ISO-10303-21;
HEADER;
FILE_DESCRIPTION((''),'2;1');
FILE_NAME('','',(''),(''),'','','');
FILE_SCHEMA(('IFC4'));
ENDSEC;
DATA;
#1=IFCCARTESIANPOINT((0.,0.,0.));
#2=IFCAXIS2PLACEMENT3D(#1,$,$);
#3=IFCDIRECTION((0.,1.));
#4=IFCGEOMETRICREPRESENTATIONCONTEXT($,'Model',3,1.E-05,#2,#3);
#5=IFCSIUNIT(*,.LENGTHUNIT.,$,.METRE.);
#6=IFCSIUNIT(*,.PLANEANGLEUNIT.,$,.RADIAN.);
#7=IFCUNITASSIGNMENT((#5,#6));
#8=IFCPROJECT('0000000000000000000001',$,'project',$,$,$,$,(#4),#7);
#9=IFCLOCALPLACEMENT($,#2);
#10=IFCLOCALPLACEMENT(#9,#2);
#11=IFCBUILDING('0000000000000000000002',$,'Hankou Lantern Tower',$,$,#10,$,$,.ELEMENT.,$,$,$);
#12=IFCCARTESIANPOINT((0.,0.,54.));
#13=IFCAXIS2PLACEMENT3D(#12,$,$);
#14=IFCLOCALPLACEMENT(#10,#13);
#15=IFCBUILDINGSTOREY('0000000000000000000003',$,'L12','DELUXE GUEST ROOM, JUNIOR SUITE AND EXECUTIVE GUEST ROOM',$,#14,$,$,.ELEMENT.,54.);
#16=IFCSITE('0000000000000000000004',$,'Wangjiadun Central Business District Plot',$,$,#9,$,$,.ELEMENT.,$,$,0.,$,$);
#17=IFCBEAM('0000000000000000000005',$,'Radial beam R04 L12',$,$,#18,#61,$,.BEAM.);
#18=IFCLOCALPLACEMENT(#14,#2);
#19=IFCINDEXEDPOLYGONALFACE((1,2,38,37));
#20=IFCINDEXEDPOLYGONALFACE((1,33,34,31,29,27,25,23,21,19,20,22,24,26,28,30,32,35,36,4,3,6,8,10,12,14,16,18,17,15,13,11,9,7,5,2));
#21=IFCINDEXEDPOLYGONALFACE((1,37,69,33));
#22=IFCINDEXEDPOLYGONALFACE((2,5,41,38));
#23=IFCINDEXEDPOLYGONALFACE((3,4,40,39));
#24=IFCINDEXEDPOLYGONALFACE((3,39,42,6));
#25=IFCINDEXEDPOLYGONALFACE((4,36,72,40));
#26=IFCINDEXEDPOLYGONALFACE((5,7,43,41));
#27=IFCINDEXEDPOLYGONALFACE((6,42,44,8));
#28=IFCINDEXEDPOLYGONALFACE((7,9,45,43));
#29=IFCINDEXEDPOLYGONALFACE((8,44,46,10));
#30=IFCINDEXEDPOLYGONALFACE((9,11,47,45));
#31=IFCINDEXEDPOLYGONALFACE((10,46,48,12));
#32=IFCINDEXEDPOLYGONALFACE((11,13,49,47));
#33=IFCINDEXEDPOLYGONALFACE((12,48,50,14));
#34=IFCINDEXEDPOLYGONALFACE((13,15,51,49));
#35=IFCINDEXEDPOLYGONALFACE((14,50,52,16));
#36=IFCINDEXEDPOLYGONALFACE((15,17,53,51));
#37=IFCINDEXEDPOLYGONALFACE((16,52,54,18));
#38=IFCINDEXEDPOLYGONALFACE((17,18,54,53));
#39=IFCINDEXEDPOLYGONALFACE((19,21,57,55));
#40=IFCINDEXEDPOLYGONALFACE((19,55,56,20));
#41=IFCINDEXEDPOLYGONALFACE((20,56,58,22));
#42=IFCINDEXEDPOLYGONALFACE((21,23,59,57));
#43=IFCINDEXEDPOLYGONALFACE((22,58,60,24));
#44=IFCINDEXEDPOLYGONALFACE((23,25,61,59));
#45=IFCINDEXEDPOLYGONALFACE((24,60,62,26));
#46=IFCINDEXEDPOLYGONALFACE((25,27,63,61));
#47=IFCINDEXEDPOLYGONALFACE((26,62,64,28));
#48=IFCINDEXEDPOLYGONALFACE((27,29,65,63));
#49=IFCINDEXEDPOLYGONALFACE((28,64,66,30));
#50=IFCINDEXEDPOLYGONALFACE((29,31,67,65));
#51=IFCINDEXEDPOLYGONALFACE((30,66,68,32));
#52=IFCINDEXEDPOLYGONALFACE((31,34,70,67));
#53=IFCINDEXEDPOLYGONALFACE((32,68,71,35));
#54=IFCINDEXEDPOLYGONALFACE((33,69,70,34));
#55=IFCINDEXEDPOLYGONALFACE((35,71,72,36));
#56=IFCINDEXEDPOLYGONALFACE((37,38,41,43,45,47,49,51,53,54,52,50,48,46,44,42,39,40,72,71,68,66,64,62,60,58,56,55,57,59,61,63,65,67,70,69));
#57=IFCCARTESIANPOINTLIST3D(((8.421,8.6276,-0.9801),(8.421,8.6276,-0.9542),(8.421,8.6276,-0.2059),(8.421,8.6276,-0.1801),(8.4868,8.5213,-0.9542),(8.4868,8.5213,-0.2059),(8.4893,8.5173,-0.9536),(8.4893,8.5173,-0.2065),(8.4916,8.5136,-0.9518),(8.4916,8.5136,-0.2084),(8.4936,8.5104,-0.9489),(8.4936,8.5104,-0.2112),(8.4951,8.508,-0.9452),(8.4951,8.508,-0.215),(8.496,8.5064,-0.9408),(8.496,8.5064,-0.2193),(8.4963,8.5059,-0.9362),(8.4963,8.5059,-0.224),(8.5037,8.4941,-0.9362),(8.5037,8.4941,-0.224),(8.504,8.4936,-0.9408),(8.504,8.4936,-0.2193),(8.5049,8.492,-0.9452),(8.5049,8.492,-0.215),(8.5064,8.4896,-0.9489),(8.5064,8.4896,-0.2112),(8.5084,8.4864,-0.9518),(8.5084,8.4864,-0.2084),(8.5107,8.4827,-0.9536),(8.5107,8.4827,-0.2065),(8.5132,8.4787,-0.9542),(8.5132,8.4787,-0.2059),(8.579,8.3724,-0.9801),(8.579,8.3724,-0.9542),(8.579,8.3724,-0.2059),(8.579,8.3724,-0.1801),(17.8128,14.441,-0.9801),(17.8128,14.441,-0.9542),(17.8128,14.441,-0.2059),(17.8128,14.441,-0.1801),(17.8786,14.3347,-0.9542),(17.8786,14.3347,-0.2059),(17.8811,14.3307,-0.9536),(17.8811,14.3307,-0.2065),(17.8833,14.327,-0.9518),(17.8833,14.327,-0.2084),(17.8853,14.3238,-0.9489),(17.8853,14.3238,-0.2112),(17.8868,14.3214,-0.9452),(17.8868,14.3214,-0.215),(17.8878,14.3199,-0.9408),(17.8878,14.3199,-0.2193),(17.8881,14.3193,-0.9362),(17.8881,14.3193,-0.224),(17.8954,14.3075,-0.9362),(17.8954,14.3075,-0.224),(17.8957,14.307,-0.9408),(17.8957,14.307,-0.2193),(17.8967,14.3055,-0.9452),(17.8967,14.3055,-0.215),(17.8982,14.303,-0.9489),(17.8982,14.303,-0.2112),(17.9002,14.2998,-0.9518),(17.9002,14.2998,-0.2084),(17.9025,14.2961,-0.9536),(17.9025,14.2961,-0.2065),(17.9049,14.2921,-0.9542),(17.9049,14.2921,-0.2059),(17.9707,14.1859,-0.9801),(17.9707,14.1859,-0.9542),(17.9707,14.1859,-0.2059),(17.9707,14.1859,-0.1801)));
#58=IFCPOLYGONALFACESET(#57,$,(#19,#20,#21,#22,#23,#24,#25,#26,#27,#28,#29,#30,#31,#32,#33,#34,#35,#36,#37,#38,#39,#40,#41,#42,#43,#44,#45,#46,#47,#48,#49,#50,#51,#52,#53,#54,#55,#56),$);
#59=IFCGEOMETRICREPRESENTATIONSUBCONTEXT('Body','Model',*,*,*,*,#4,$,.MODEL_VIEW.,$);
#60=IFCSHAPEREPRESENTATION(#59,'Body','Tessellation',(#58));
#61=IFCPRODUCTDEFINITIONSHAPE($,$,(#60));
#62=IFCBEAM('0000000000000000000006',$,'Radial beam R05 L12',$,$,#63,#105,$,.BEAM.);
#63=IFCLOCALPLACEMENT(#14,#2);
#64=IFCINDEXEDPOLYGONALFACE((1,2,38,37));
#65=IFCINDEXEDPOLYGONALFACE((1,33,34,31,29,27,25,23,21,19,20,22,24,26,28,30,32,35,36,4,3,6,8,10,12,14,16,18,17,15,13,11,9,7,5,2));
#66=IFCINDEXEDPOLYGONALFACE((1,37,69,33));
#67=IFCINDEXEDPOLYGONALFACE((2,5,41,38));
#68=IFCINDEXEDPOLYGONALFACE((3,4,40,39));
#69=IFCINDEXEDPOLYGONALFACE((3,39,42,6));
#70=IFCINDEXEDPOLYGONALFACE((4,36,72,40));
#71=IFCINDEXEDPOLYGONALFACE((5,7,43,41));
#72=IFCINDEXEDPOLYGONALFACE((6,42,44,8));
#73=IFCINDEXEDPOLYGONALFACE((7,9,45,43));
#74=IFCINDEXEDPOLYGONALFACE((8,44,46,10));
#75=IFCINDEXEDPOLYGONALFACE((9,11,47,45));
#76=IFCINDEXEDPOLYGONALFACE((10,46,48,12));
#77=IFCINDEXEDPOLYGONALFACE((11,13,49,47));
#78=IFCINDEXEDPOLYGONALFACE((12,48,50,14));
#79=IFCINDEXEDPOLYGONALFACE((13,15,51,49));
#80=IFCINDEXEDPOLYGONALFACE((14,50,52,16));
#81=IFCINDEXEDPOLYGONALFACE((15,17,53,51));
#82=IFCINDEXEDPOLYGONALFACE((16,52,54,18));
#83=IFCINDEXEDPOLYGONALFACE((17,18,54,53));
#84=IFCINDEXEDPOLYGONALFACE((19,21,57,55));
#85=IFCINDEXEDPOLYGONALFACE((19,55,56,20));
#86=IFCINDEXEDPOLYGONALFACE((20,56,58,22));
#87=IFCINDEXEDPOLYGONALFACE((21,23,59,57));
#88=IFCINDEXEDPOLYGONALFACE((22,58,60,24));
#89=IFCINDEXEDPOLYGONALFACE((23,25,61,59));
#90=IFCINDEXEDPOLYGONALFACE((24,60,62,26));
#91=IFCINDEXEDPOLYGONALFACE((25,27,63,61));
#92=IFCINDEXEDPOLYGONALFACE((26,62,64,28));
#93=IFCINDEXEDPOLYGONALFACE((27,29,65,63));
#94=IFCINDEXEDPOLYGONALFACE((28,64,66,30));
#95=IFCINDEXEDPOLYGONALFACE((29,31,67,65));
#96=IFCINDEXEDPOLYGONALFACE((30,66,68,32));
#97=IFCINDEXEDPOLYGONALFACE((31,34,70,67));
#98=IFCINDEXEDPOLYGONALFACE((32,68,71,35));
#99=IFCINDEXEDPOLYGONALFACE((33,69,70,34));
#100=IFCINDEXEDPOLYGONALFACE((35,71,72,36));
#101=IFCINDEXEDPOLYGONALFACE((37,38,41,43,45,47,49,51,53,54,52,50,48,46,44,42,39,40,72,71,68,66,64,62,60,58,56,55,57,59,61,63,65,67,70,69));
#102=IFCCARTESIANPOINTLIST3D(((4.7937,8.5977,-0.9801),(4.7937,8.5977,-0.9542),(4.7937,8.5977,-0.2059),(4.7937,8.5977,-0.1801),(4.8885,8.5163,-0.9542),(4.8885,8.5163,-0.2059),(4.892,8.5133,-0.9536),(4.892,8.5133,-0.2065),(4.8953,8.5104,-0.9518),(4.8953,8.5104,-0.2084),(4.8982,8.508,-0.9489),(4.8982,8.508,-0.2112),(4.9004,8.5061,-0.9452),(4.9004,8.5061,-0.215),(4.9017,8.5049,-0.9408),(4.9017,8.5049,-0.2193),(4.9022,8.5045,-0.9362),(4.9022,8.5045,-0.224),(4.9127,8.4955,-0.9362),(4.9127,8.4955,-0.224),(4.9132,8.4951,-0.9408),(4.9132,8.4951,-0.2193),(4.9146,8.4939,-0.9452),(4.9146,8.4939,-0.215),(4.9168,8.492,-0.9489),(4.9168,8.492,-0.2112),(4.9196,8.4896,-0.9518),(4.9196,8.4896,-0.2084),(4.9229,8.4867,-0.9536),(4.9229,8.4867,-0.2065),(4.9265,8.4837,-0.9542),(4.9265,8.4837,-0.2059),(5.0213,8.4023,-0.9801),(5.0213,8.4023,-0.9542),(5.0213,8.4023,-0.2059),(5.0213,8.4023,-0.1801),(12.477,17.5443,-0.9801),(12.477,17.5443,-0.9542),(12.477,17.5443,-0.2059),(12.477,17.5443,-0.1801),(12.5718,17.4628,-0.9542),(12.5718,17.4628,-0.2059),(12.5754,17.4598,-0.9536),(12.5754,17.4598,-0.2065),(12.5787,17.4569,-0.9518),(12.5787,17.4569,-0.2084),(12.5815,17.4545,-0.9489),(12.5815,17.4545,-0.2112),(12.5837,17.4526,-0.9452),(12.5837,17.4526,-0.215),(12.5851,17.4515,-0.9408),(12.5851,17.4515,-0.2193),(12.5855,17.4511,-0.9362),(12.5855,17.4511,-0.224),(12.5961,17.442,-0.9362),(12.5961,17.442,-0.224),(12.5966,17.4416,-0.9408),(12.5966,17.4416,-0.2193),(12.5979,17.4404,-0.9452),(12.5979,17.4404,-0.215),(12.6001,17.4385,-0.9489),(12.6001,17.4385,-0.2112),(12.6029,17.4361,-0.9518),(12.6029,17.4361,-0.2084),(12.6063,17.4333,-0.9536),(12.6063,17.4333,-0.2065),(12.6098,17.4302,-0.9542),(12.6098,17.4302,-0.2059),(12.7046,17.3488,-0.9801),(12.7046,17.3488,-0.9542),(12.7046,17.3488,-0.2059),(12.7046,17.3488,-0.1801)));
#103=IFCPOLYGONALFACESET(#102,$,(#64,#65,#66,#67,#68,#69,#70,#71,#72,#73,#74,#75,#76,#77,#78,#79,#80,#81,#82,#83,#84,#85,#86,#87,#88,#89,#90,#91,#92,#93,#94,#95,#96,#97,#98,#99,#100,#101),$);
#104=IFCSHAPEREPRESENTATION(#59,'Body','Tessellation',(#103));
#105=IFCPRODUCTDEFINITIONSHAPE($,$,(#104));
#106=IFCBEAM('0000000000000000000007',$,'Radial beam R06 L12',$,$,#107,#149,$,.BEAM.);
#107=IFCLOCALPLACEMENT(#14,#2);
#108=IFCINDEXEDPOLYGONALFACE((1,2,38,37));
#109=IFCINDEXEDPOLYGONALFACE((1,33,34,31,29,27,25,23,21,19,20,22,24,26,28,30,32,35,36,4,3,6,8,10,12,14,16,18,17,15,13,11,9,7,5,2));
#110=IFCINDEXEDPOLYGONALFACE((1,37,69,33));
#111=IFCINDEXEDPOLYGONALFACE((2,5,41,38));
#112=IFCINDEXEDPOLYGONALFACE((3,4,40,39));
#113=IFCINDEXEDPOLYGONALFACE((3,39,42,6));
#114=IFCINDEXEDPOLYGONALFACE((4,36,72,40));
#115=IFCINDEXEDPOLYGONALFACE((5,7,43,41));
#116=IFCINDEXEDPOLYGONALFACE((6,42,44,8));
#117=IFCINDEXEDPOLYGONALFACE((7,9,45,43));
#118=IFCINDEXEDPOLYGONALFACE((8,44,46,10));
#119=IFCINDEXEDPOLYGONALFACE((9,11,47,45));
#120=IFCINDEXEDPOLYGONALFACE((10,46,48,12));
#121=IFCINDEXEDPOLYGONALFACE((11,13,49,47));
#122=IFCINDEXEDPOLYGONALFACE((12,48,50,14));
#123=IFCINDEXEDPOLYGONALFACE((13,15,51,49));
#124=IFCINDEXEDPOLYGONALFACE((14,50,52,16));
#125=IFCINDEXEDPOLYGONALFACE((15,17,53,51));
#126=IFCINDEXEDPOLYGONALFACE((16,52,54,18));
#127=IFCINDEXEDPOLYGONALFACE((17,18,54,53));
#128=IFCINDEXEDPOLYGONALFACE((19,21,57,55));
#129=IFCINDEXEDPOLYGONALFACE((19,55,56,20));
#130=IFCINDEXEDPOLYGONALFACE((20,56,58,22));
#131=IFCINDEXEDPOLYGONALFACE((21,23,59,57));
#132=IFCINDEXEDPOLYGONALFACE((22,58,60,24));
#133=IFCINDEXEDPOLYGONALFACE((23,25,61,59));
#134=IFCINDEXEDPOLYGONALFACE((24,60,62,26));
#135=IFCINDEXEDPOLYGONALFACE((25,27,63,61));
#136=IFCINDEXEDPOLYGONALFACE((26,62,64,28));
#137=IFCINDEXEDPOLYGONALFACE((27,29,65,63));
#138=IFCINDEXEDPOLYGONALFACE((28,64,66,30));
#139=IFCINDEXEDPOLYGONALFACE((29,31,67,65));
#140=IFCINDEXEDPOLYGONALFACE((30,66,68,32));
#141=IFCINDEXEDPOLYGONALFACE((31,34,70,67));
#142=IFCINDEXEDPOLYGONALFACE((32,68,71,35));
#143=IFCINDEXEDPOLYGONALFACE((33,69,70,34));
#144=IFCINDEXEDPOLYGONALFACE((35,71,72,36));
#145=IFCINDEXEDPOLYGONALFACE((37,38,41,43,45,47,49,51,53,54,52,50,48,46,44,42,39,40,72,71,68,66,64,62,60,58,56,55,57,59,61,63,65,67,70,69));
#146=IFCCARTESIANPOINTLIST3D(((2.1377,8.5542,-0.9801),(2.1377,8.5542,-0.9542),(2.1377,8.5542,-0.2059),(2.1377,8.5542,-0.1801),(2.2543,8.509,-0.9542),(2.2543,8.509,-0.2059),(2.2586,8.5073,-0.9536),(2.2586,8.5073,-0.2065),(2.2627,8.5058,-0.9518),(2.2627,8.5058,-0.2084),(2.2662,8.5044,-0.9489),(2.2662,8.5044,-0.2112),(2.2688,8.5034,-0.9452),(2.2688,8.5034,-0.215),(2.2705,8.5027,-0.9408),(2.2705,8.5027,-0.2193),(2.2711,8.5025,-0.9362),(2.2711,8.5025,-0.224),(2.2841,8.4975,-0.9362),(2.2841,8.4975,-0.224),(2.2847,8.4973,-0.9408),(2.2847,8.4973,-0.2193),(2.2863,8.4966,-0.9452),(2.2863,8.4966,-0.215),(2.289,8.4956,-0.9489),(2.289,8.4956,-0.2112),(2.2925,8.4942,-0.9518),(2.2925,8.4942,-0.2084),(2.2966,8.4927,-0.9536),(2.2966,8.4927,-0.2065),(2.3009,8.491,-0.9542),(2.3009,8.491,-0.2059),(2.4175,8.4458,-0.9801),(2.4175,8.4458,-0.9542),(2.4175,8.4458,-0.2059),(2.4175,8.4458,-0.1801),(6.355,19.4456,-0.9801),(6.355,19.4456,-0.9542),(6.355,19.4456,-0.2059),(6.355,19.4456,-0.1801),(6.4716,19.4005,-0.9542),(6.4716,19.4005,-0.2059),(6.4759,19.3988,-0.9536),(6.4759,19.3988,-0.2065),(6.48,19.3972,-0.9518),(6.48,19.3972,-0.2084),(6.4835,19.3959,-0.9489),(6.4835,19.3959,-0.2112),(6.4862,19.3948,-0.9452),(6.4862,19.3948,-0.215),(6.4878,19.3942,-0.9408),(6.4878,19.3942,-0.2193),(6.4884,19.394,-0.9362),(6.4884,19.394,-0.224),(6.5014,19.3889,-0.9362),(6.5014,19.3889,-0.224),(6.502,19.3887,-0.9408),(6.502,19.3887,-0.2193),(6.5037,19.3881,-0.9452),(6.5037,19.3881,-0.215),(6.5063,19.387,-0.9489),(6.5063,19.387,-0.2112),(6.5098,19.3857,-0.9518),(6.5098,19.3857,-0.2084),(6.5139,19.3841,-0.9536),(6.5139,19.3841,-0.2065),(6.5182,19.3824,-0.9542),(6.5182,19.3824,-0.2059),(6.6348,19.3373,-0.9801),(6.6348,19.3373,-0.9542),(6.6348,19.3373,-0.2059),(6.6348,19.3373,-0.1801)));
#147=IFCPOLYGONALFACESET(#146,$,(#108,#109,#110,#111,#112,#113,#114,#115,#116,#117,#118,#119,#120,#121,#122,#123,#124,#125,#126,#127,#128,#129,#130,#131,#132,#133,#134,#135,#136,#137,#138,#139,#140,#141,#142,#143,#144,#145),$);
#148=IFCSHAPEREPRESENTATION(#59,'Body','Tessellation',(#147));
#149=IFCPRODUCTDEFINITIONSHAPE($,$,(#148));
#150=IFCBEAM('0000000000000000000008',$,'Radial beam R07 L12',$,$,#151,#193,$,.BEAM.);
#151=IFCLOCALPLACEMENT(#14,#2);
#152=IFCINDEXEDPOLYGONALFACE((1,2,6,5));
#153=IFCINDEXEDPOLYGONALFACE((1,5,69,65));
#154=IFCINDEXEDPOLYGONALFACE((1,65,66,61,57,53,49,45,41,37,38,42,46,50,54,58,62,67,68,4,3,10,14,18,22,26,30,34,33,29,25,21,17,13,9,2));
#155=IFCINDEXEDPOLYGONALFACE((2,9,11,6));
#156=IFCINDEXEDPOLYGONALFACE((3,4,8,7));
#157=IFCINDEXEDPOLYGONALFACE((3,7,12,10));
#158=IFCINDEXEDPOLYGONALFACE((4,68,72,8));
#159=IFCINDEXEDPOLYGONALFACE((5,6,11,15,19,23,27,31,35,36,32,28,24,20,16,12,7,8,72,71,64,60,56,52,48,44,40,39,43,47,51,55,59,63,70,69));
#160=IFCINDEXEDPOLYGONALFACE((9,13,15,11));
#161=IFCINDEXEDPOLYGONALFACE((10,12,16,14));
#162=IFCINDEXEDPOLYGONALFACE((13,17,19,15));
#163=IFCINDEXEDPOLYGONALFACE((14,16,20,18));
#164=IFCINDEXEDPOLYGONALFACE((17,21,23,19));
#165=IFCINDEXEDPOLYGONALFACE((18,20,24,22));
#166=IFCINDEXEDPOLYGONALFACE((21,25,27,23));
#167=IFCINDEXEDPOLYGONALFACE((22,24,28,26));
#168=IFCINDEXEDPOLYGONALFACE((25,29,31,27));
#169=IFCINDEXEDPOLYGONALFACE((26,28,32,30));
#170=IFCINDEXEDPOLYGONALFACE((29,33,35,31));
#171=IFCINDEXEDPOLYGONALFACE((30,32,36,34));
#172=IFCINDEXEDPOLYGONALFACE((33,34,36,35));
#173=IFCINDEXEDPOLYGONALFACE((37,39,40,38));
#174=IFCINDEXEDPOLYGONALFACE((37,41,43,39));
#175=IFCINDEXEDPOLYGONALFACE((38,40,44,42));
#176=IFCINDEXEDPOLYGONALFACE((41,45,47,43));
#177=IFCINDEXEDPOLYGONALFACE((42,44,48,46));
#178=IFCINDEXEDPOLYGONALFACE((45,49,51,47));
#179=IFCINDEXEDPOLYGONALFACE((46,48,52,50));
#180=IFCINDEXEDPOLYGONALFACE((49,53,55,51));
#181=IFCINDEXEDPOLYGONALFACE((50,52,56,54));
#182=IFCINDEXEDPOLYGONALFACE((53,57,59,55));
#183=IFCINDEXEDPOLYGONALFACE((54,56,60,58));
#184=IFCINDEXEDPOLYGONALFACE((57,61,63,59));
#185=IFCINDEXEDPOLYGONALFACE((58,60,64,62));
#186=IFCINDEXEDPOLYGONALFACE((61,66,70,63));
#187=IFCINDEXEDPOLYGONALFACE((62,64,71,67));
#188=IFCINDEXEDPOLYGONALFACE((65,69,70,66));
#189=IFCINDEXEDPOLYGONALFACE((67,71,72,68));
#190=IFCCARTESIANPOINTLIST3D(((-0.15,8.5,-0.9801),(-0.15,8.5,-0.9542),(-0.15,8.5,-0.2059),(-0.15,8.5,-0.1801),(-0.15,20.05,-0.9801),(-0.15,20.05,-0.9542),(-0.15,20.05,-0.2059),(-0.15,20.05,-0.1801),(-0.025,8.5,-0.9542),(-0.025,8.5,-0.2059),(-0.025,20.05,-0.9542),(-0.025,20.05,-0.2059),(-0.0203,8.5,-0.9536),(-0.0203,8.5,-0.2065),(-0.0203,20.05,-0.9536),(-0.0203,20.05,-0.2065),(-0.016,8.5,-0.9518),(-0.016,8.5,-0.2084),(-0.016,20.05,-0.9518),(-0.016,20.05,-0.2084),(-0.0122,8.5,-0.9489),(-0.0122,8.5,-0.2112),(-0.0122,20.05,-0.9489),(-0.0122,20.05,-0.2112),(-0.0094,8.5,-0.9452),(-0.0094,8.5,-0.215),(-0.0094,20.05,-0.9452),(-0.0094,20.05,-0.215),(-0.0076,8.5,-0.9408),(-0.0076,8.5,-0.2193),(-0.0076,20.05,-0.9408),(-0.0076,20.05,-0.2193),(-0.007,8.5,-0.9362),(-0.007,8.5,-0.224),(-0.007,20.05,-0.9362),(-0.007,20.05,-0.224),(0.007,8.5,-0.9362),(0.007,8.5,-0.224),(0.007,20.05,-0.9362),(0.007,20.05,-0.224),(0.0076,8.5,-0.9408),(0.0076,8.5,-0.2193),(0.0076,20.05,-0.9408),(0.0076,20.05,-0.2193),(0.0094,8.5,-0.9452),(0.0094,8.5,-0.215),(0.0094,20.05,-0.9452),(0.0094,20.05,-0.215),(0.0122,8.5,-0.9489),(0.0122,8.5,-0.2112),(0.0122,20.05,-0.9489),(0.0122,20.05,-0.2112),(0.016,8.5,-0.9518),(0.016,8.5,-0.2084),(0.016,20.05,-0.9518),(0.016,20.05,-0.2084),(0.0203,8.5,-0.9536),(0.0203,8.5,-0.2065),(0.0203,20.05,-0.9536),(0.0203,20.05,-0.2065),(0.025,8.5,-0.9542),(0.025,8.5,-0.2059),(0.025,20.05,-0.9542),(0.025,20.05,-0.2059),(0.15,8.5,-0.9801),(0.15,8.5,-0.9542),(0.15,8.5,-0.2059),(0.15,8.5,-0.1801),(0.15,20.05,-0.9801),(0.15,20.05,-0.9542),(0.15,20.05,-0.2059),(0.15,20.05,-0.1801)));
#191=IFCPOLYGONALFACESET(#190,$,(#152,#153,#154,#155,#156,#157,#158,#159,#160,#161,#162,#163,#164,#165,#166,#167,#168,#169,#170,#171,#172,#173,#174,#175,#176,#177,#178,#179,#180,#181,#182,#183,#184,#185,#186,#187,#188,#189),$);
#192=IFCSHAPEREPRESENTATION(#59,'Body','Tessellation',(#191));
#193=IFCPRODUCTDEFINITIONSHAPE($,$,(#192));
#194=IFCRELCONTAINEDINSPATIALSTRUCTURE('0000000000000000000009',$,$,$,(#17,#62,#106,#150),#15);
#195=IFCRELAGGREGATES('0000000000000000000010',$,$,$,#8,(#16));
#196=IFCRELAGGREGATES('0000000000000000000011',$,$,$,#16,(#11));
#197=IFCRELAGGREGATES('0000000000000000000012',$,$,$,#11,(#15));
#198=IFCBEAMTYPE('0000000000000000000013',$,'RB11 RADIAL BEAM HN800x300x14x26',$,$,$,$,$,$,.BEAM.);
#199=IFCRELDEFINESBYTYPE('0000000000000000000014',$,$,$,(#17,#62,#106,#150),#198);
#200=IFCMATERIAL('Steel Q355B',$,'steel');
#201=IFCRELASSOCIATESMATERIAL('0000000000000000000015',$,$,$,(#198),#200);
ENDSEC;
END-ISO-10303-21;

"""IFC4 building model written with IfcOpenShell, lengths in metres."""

from ifc_helpers import new_model, si_unit, direction, frame, origin, origin_2d, place, context, subcontext, project, spatial, i_section, extrude, material, material_profile, profile_set, type_object, element, save


model = new_model("IFC4")

# Units and contexts
model_context = context("Model", 3, precision=1e-05, world=origin(), true_north=direction((0.0, 1.0)))
body_context = subcontext(model_context, "Body", "Model", "MODEL_VIEW")
ifc_project = project(units=[si_unit("LENGTHUNIT", "METRE"), si_unit("PLANEANGLEUNIT", "RADIAN")], contexts=[model_context])

# Site, building, storey
site_placement = place(None, origin())
site = spatial("IfcSite", under=ifc_project, at=site_placement, Name="Wangjiadun Central Business District Plot", CompositionType="ELEMENT", RefElevation=0.0)
building_placement = place(site_placement, origin())
building = spatial("IfcBuilding", under=site, at=building_placement, Name="Hankou Lantern Tower", CompositionType="ELEMENT")
storey_placement = place(building_placement, frame((0.0, 0.0, 54.0)))
storey = spatial("IfcBuildingStorey", under=building, at=storey_placement, Name="L12", Description="DELUXE GUEST ROOM, JUNIOR SUITE AND EXECUTIVE GUEST ROOM", CompositionType="ELEMENT", Elevation=54.0)

# Beams
ifc_material_1 = material(Name="Steel Q355B", Category="steel")
ifc_material_profile = material_profile(ifc_material_1, i_section(OverallWidth=0.3, OverallDepth=0.8, WebThickness=0.0139, FlangeThickness=0.0259, FilletRadius=0.0181, at=origin_2d()), Name="HN800x300x14x26")
ifc_profile_set = profile_set([ifc_material_profile], Name="Steel Q355B")
beam_type = type_object("IfcBeamType", Name="RB11 RADIAL BEAM HN800x300x14x26", PredefinedType="BEAM", material=ifc_profile_set)
beam_1_placement = place(storey_placement, frame((8.5, 8.5, -0.5801), z_axis=(0.850286, 0.52632, 0.0), x_axis=(-0.52632, 0.850286, 0.0)))
element("IfcBeam", 1, at=beam_1_placement, inside=storey, type_object=beam_type, Name="Radial beam R04 L12", PredefinedType="BEAM", context=body_context, shape_type="SweptSolid", body=[
    extrude(i_section(OverallWidth=0.3, OverallDepth=0.8, WebThickness=0.0139, FlangeThickness=0.0259, FilletRadius=0.0181, at=origin_2d()), origin(), (0.0, 0.0, 1.0), 11.0454),
])
beam_2_placement = place(storey_placement, frame((4.9075, 8.5, -0.5801), z_axis=(0.651519, 0.758632, 0.0), x_axis=(-0.758632, 0.651519, 0.0)))
element("IfcBeam", 2, at=beam_2_placement, inside=storey, type_object=beam_type, Name="Radial beam R05 L12", PredefinedType="BEAM", context=body_context, shape_type="SweptSolid", body=[
    extrude(i_section(OverallWidth=0.3, OverallDepth=0.8, WebThickness=0.0139, FlangeThickness=0.0259, FilletRadius=0.0181, at=origin_2d()), origin(), (0.0, 0.0, 1.0), 11.793),
])
beam_3_placement = place(storey_placement, frame((2.2776, 8.5, -0.5801), z_axis=(0.361089, 0.932531, 0.0), x_axis=(-0.932531, 0.361089, 0.0)))
element("IfcBeam", 3, at=beam_3_placement, inside=storey, type_object=beam_type, Name="Radial beam R06 L12", PredefinedType="BEAM", context=body_context, shape_type="SweptSolid", body=[
    extrude(i_section(OverallWidth=0.3, OverallDepth=0.8, WebThickness=0.0139, FlangeThickness=0.0259, FilletRadius=0.0181, at=origin_2d()), origin(), (0.0, 0.0, 1.0), 11.6794),
])
beam_4_placement = place(storey_placement, frame((0.0, 8.5, -0.5801), z_axis=(0.0, 1.0, 0.0), x_axis=(-1.0, 0.0, 0.0)))
element("IfcBeam", 4, at=beam_4_placement, inside=storey, type_object=beam_type, Name="Radial beam R07 L12", PredefinedType="BEAM", context=body_context, shape_type="SweptSolid", body=[
    extrude(i_section(OverallWidth=0.3, OverallDepth=0.8, WebThickness=0.0139, FlangeThickness=0.0259, FilletRadius=0.0181, at=origin_2d()), origin(), (0.0, 0.0, 1.0), 11.55),
])

save(model, "model.ifc")
